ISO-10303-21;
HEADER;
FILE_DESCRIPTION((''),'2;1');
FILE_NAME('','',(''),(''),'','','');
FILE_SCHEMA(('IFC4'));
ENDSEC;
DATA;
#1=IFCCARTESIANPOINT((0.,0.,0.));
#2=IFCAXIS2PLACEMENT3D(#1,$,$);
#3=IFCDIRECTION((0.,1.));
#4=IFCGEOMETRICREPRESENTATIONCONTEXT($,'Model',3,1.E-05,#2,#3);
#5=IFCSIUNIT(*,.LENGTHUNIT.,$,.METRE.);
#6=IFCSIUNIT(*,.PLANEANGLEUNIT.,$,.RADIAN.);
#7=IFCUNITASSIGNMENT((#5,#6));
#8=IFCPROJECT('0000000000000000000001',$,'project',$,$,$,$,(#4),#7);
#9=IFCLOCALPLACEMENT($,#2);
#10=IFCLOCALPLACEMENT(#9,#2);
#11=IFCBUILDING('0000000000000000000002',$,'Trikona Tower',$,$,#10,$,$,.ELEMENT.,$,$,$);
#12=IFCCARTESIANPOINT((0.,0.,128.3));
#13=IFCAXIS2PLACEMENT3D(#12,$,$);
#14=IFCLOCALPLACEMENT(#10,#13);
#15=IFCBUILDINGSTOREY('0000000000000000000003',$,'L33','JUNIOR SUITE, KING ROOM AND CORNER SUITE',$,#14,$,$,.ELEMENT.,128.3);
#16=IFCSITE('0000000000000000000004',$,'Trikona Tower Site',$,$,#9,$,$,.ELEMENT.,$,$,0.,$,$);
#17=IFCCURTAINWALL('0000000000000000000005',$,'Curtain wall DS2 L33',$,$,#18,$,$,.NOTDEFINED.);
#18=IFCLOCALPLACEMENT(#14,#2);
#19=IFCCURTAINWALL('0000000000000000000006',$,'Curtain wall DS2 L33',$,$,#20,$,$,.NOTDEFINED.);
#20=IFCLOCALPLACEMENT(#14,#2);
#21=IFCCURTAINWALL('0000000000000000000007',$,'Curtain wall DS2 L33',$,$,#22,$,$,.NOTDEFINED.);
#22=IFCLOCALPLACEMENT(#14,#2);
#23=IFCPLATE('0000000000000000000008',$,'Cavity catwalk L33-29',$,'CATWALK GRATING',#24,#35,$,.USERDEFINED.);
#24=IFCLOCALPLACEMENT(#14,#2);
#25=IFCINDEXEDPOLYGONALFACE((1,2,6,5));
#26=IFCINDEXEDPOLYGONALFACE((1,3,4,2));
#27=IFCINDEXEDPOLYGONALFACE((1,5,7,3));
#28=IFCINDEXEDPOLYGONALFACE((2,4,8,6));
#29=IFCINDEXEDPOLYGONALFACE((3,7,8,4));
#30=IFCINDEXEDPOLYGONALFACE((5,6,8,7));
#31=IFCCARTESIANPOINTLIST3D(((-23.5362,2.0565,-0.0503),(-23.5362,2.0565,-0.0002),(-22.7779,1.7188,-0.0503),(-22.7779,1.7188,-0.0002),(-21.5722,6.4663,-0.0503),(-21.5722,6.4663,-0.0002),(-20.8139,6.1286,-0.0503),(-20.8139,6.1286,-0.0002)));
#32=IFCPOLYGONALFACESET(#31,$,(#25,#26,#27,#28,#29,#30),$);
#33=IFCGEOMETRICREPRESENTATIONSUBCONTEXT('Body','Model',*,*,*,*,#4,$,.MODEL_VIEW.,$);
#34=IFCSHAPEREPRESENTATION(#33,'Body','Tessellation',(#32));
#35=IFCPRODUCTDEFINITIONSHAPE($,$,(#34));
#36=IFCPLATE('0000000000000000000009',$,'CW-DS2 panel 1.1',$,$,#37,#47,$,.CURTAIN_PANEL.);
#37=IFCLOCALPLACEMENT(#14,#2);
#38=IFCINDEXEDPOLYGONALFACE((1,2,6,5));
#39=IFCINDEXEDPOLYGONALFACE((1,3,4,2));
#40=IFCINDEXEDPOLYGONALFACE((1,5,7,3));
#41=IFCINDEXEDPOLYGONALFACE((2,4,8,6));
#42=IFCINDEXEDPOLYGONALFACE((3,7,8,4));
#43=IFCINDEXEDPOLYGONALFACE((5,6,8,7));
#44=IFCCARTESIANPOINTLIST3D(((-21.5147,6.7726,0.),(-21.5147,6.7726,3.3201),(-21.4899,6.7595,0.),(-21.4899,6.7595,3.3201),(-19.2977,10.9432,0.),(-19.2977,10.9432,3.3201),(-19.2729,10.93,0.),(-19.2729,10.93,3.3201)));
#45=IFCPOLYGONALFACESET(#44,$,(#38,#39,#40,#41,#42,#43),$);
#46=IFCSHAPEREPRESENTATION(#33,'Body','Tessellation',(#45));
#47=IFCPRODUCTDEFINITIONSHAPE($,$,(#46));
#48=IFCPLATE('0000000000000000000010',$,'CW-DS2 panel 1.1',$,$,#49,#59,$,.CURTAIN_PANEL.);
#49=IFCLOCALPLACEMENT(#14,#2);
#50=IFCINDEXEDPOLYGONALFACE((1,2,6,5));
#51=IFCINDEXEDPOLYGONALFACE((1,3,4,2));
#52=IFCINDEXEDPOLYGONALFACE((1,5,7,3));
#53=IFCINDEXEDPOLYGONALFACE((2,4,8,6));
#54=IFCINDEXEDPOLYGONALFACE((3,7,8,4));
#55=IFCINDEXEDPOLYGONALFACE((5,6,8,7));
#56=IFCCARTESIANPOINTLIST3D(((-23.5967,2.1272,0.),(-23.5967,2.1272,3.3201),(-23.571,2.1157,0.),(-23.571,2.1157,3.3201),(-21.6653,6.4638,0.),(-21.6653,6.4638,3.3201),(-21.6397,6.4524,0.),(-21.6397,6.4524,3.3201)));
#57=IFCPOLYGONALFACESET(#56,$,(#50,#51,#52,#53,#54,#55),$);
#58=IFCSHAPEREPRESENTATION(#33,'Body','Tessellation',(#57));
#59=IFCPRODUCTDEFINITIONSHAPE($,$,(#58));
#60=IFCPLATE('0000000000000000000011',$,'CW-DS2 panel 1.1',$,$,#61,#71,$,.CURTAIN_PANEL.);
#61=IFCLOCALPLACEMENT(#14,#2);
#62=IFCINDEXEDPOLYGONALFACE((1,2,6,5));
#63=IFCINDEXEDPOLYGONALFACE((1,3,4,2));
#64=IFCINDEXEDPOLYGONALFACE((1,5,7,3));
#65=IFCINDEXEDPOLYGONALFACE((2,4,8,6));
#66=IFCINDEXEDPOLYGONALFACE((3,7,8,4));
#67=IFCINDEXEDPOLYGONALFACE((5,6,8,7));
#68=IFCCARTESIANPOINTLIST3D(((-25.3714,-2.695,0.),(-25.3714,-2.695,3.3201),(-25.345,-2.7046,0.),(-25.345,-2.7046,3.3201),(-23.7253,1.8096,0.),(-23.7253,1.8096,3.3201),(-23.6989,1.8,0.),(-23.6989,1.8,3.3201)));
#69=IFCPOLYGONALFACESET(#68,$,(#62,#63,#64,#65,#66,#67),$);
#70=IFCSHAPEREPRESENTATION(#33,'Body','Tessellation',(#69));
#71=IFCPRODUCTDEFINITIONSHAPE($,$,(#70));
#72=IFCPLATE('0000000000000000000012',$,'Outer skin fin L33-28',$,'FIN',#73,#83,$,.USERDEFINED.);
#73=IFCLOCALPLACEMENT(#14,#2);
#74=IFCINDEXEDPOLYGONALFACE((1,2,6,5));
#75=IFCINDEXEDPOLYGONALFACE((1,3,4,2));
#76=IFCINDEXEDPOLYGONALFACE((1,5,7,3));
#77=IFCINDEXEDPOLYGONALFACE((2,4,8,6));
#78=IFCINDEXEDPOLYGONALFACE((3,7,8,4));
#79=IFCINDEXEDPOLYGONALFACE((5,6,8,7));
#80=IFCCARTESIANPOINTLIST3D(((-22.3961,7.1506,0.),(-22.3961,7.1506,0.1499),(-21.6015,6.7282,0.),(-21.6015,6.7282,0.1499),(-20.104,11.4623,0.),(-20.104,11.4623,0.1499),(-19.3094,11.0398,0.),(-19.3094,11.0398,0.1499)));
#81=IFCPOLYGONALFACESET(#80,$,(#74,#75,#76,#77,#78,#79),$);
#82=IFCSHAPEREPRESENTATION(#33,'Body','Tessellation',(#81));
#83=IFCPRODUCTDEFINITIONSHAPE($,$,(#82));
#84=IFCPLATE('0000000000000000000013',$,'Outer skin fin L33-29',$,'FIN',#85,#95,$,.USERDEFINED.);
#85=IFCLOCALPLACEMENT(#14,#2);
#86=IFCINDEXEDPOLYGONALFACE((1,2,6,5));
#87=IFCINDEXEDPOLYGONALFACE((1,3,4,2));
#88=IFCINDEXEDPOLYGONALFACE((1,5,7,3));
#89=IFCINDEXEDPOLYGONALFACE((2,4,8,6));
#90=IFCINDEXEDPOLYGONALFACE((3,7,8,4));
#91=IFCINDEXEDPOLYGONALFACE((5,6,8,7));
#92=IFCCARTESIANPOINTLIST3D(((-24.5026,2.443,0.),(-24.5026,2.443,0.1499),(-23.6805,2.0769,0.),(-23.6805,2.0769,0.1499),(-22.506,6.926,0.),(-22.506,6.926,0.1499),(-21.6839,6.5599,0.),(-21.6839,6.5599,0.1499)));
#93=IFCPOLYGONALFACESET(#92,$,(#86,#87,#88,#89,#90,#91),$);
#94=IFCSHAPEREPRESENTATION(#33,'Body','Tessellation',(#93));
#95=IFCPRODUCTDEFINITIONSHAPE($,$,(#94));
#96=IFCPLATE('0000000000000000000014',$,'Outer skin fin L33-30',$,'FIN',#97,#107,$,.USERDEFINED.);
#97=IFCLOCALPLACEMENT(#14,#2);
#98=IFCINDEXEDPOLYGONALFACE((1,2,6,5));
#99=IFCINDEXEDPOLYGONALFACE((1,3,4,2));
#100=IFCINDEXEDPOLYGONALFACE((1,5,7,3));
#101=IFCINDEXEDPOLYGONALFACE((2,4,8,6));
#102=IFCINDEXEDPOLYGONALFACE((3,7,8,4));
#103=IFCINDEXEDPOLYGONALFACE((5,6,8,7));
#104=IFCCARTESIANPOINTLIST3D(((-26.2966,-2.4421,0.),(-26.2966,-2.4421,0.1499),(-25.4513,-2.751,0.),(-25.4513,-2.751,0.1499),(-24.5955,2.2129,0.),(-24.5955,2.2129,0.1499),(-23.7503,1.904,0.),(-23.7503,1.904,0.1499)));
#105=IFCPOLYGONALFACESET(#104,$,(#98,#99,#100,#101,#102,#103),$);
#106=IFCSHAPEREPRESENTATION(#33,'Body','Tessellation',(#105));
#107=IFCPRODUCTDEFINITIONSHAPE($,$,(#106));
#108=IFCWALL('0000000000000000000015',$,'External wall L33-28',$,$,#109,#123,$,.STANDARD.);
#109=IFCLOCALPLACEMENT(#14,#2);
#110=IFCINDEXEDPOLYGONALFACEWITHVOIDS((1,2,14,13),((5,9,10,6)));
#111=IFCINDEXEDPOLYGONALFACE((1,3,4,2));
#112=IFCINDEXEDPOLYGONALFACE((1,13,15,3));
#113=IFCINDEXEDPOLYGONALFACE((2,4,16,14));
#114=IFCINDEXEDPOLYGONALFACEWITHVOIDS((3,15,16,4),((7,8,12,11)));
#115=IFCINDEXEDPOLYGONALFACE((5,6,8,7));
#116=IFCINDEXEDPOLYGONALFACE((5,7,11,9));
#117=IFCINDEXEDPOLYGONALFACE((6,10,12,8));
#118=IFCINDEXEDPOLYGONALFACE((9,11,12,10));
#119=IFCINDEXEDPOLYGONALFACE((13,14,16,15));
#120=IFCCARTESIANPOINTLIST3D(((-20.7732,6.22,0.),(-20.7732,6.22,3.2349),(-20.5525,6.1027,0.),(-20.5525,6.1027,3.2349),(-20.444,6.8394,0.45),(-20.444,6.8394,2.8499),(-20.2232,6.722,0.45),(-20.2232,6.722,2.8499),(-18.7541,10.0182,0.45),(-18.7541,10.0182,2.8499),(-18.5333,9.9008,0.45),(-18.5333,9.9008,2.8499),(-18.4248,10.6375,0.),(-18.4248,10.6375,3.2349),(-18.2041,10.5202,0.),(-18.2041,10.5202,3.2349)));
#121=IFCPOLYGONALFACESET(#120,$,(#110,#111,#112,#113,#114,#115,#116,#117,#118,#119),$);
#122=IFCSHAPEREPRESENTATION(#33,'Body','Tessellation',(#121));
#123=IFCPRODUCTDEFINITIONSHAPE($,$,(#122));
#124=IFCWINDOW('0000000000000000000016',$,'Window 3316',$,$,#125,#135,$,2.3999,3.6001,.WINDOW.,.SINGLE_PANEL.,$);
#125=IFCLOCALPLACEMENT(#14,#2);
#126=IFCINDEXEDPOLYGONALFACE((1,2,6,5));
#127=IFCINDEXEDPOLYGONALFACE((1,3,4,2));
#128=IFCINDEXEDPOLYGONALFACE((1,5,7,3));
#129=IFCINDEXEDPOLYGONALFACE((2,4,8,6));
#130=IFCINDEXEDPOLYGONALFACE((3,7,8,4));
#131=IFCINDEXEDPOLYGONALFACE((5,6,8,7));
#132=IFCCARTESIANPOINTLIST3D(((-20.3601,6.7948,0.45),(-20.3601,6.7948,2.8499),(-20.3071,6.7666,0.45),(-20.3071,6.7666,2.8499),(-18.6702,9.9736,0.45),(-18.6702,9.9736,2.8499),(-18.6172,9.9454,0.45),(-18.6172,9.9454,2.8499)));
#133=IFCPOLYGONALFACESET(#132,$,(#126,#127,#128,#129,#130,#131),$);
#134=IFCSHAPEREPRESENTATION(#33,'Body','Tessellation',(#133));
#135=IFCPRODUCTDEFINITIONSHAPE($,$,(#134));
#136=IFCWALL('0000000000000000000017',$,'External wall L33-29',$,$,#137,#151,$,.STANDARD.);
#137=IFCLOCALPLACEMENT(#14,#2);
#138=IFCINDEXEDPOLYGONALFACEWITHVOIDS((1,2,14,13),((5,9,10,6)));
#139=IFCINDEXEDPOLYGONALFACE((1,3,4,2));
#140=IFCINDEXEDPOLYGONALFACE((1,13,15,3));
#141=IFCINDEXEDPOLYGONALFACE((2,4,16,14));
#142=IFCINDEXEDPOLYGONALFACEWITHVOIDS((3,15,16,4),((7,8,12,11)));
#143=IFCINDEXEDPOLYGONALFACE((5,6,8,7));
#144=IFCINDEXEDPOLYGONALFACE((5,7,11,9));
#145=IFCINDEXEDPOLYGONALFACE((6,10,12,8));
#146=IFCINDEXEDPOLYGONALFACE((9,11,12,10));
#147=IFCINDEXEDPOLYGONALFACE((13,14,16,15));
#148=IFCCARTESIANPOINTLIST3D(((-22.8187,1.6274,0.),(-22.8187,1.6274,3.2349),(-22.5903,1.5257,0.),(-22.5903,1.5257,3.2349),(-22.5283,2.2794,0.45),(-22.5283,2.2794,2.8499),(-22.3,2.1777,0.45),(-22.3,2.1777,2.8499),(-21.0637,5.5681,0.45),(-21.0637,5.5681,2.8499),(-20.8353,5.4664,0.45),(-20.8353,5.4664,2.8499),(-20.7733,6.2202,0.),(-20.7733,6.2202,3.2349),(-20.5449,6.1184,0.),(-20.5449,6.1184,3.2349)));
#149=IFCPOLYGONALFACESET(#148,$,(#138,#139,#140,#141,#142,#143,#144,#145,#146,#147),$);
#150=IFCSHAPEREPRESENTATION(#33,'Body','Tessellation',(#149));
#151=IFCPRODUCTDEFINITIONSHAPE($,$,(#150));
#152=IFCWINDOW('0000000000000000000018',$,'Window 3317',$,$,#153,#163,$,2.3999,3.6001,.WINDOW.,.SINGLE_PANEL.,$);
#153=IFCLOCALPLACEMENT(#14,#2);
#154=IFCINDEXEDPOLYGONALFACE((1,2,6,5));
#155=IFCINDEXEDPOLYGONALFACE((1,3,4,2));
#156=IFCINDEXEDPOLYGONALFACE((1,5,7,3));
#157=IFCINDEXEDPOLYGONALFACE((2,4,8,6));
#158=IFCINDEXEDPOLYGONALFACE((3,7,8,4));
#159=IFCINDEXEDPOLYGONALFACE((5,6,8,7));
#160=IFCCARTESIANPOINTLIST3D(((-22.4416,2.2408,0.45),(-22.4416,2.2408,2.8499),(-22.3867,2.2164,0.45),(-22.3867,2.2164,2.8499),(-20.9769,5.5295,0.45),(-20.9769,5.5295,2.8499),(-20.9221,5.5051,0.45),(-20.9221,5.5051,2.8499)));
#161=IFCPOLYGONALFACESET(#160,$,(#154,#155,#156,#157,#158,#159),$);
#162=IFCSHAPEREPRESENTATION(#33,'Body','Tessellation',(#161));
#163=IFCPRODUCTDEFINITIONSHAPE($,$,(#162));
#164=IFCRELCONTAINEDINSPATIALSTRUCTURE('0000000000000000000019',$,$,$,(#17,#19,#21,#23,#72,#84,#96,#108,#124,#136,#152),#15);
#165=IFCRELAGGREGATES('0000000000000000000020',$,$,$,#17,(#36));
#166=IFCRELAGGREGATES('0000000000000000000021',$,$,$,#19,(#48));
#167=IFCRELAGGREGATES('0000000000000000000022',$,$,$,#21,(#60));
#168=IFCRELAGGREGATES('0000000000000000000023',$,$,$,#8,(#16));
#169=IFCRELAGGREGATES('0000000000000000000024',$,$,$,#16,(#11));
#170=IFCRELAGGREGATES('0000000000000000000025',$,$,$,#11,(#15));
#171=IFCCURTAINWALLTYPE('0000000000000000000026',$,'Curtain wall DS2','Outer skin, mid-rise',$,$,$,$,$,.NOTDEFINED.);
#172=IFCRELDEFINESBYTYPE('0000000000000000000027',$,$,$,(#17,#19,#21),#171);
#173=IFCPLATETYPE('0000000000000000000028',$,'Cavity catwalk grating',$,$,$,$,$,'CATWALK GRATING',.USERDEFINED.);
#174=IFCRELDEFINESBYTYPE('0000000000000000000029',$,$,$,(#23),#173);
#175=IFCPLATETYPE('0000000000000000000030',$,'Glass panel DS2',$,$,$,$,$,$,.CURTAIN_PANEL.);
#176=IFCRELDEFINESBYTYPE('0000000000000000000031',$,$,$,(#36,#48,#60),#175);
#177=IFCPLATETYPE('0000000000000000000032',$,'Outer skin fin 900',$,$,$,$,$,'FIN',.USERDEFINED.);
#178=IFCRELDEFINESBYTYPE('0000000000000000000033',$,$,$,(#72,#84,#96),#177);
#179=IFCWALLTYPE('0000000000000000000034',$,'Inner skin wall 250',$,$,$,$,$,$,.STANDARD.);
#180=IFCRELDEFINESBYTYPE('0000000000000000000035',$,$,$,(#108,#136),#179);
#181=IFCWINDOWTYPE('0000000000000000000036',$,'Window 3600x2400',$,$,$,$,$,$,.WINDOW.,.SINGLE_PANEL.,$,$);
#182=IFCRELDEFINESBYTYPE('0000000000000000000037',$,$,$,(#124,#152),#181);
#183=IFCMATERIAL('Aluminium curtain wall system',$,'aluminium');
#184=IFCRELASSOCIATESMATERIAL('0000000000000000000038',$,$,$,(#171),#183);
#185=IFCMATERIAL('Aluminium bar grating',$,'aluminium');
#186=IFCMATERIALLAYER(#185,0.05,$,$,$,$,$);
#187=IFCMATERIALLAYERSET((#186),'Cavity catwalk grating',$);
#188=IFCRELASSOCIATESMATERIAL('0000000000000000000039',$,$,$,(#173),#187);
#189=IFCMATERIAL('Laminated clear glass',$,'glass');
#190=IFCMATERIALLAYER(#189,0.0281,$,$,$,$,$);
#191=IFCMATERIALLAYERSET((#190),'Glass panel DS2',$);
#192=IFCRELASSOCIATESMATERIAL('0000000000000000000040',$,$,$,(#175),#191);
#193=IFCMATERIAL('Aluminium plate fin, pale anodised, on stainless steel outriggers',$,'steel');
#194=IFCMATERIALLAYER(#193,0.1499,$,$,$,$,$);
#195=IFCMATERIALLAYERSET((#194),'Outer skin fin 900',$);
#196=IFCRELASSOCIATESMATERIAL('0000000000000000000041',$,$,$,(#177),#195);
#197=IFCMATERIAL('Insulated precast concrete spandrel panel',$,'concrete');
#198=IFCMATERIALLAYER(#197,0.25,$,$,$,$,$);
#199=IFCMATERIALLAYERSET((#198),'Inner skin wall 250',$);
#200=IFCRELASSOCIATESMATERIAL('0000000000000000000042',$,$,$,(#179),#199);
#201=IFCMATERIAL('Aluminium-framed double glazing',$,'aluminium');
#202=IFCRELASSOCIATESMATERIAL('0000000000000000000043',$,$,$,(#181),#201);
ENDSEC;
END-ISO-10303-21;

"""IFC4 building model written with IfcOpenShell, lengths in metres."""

from ifc_helpers import new_model, si_unit, direction, frame, frame_2d, origin, origin_2d, place, context, subcontext, project, spatial, rectangle, extrude, material, layer, layer_set, type_object, element, fill, aggregate, save


model = new_model("IFC4")

# Units and contexts
model_context = context("Model", 3, precision=1e-05, world=origin(), true_north=direction((0.0, 1.0)))
body_context = subcontext(model_context, "Body", "Model", "MODEL_VIEW")
ifc_project = project(units=[si_unit("LENGTHUNIT", "METRE"), si_unit("PLANEANGLEUNIT", "RADIAN")], contexts=[model_context])

# Site, building, storey
site_placement = place(None, origin())
site = spatial("IfcSite", under=ifc_project, at=site_placement, Name="Trikona Tower Site", CompositionType="ELEMENT", RefElevation=0.0)
building_placement = place(site_placement, origin())
building = spatial("IfcBuilding", under=site, at=building_placement, Name="Trikona Tower", CompositionType="ELEMENT")
storey_placement = place(building_placement, frame((0.0, 0.0, 128.3)))
storey = spatial("IfcBuildingStorey", under=building, at=storey_placement, Name="L33", Description="JUNIOR SUITE, KING ROOM AND CORNER SUITE", CompositionType="ELEMENT", Elevation=128.3)

# Shared definitions
ifc_material_1 = material(Name="Aluminium curtain wall system", Category="aluminium")
curtain_wall_type = type_object("IfcCurtainWallType", Name="Curtain wall DS2", Description="Outer skin, mid-rise", PredefinedType="NOTDEFINED", material=ifc_material_1)

# Curtain walls
curtain_wall_1_placement = place(storey_placement, origin())
curtain_wall_1 = element("IfcCurtainWall", 1, at=curtain_wall_1_placement, inside=storey, type_object=curtain_wall_type, Name="Curtain wall DS2 L33", PredefinedType="NOTDEFINED")
curtain_wall_2_placement = place(storey_placement, origin())
curtain_wall_2 = element("IfcCurtainWall", 2, at=curtain_wall_2_placement, inside=storey, type_object=curtain_wall_type, Name="Curtain wall DS2 L33", PredefinedType="NOTDEFINED")

# Curtain wall
curtain_wall_3_placement = place(storey_placement, origin())
curtain_wall_3 = element("IfcCurtainWall", 3, at=curtain_wall_3_placement, inside=storey, type_object=curtain_wall_type, Name="Curtain wall DS2 L33", PredefinedType="NOTDEFINED")

# Plate
ifc_material_2 = material(Name="Aluminium bar grating", Category="aluminium")
ifc_layer_1 = layer(ifc_material_2, 0.05)
ifc_layer_set_1 = layer_set([ifc_layer_1], Name="Cavity catwalk grating")
plate_type_1 = type_object("IfcPlateType", Name="Cavity catwalk grating", ElementType="CATWALK GRATING", PredefinedType="USERDEFINED", material=ifc_layer_set_1)
plate_1_placement = place(storey_placement, frame((-22.175, 4.0925, -0.0503), z_axis=(0.0, 0.0, 1.0), x_axis=(-0.406843, -0.913498, 0.0)))
element("IfcPlate", 4, at=plate_1_placement, inside=storey, type_object=plate_type_1, Name="Cavity catwalk L33-29", ObjectType="CATWALK GRATING", PredefinedType="USERDEFINED", context=body_context, shape_type="SweptSolid", body=[
    extrude(rectangle(XDim=4.8274, YDim=0.8301, at=origin_2d()), origin(), (0.0, 0.0, 1.0), 0.05),
])

# Plates
ifc_material_3 = material(Name="Laminated clear glass", Category="glass")
ifc_layer_2 = layer(ifc_material_3, 0.0281)
ifc_layer_set_2 = layer_set([ifc_layer_2], Name="Glass panel DS2")
plate_type_2 = type_object("IfcPlateType", Name="Glass panel DS2", PredefinedType="CURTAIN_PANEL", material=ifc_layer_set_2)
plate_2_placement = place(storey_placement, frame((-20.3938, 8.8513, 0.0), z_axis=(0.0, 0.0, 1.0), x_axis=(-0.46938, -0.882996, 0.0)))
plate_2 = element("IfcPlate", 5, at=plate_2_placement, type_object=plate_type_2, Name="CW-DS2 panel 1.1", PredefinedType="CURTAIN_PANEL", context=body_context, shape_type="SweptSolid", body=[
    extrude(rectangle(XDim=4.7231, YDim=0.0281, at=origin_2d()), origin(), (0.0, 0.0, 1.0), 3.3201),
])
aggregate(curtain_wall_1, [plate_2])
plate_3_placement = place(storey_placement, frame((-22.6182, 4.2898, 0.0), z_axis=(0.0, 0.0, 1.0), x_axis=(-0.406836, -0.913501, 0.0)))
plate_3 = element("IfcPlate", 6, at=plate_3_placement, type_object=plate_type_2, Name="CW-DS2 panel 1.1", PredefinedType="CURTAIN_PANEL", context=body_context, shape_type="SweptSolid", body=[
    extrude(rectangle(XDim=4.7473, YDim=0.0281, at=origin_2d()), origin(), (0.0, 0.0, 1.0), 3.3201),
])
aggregate(curtain_wall_2, [plate_3])
plate_4_placement = place(storey_placement, frame((-24.5352, -0.4475, 0.0), z_axis=(0.0, 0.0, 1.0), x_axis=(-0.343223, -0.939254, 0.0)))
plate_4 = element("IfcPlate", 7, at=plate_4_placement, type_object=plate_type_2, Name="CW-DS2 panel 1.1", PredefinedType="CURTAIN_PANEL", context=body_context, shape_type="SweptSolid", body=[
    extrude(rectangle(XDim=4.7959, YDim=0.0281, at=origin_2d()), origin(), (0.0, 0.0, 1.0), 3.3201),
])
aggregate(curtain_wall_3, [plate_4])

# Plates
ifc_material_4 = material(Name="Aluminium plate fin, pale anodised, on stainless steel outriggers", Category="steel")
ifc_layer_3 = layer(ifc_material_4, 0.1499)
ifc_layer_set_3 = layer_set([ifc_layer_3], Name="Outer skin fin 900")
plate_type_3 = type_object("IfcPlateType", Name="Outer skin fin 900", ElementType="FIN", PredefinedType="USERDEFINED", material=ifc_layer_set_3)
plate_5_placement = place(storey_placement, frame((-20.8528, 9.0952, 0.0), z_axis=(0.0, 0.0, 1.0), x_axis=(-0.469398, -0.882987, 0.0)))
element("IfcPlate", 8, at=plate_5_placement, inside=storey, type_object=plate_type_3, Name="Outer skin fin L33-28", ObjectType="FIN", PredefinedType="USERDEFINED", context=body_context, shape_type="SweptSolid", body=[
    extrude(rectangle(XDim=4.8831, YDim=0.8999, at=origin_2d()), origin(), (0.0, 0.0, 1.0), 0.1499),
])
plate_6_placement = place(storey_placement, frame((-23.0933, 4.5015, 0.0), z_axis=(0.0, 0.0, 1.0), x_axis=(-0.406843, -0.913498, 0.0)))
element("IfcPlate", 9, at=plate_6_placement, inside=storey, type_object=plate_type_3, Name="Outer skin fin L33-29", ObjectType="FIN", PredefinedType="USERDEFINED", context=body_context, shape_type="SweptSolid", body=[
    extrude(rectangle(XDim=4.9075, YDim=0.8999, at=origin_2d()), origin(), (0.0, 0.0, 1.0), 0.1499),
])
plate_7_placement = place(storey_placement, frame((-25.0234, -0.269, 0.0), z_axis=(0.0, 0.0, 1.0), x_axis=(-0.34322, -0.939255, 0.0)))
element("IfcPlate", 10, at=plate_7_placement, inside=storey, type_object=plate_type_3, Name="Outer skin fin L33-30", ObjectType="FIN", PredefinedType="USERDEFINED", context=body_context, shape_type="SweptSolid", body=[
    extrude(rectangle(XDim=4.9561, YDim=0.8999, at=origin_2d()), origin(), (0.0, 0.0, 1.0), 0.1499),
])

# Walls, openings, windows
ifc_material_5 = material(Name="Insulated precast concrete spandrel panel", Category="concrete")
ifc_layer_4 = layer(ifc_material_5, 0.25)
ifc_layer_set_4 = layer_set([ifc_layer_4], Name="Inner skin wall 250")
wall_type = type_object("IfcWallType", Name="Inner skin wall 250", PredefinedType="STANDARD", material=ifc_layer_set_4)
wall_1_placement = place(storey_placement, frame((-18.3145, 10.5789, 0.0), z_axis=(0.0, 0.0, 1.0), x_axis=(-0.469405, -0.882983, 0.0)))
wall_1 = element("IfcWall", 11, at=wall_1_placement, inside=storey, type_object=wall_type, Name="External wall L33-28", PredefinedType="STANDARD", context=body_context, shape_type="SweptSolid", body=[
    extrude(rectangle(XDim=5.0029, YDim=0.25, at=frame_2d((2.5015, 0.0))), origin(), (0.0, 0.0, 1.0), 3.2349),
])
opening_1_placement = place(wall_1_placement, frame((0.7014, 0.0, 0.45)))
opening_1 = element("IfcOpeningElement", 12, at=opening_1_placement, cuts=wall_1, PredefinedType="OPENING", context=body_context, shape_type="SweptSolid", body=[
    extrude(rectangle(XDim=3.6001, YDim=2.3999, at=frame_2d((1.8, 1.2))), frame((0.0, 0.135, 0.0), z_axis=(0.0, -1.0, 0.0), x_axis=(1.0, 0.0, 0.0)), (0.0, 0.0, 1.0), 0.27),
])
ifc_material_6 = material(Name="Aluminium-framed double glazing", Category="aluminium")
window_type = type_object("IfcWindowType", Name="Window 3600x2400", PartitioningType="SINGLE_PANEL", PredefinedType="WINDOW", material=ifc_material_6)
window_1_placement = place(opening_1_placement, origin())
window_1 = element("IfcWindow", 13, at=window_1_placement, inside=storey, type_object=window_type, Name="Window 3316", OverallHeight=2.3999, OverallWidth=3.6001, PartitioningType="SINGLE_PANEL", PredefinedType="WINDOW", context=body_context, shape_type="SweptSolid", body=[
    extrude(rectangle(XDim=3.6001, YDim=2.3999, at=frame_2d((1.8, 1.2))), frame((0.0, 0.03, 0.0), z_axis=(0.0, -1.0, 0.0), x_axis=(1.0, 0.0, 0.0)), (0.0, 0.0, 1.0), 0.0601),
])
fill(opening_1, window_1)
wall_2_placement = place(storey_placement, frame((-20.6592, 6.1692, 0.0), z_axis=(0.0, 0.0, 1.0), x_axis=(-0.406832, -0.913503, 0.0)))
wall_2 = element("IfcWall", 14, at=wall_2_placement, inside=storey, type_object=wall_type, Name="External wall L33-29", PredefinedType="STANDARD", context=body_context, shape_type="SweptSolid", body=[
    extrude(rectangle(XDim=5.0276, YDim=0.25, at=frame_2d((2.5137, 0.0))), origin(), (0.0, 0.0, 1.0), 3.2349),
])
opening_2_placement = place(wall_2_placement, frame((0.7136, 0.0, 0.45)))
opening_2 = element("IfcOpeningElement", 15, at=opening_2_placement, cuts=wall_2, PredefinedType="OPENING", context=body_context, shape_type="SweptSolid", body=[
    extrude(rectangle(XDim=3.6001, YDim=2.3999, at=frame_2d((1.8, 1.2))), frame((0.0, 0.135, 0.0), z_axis=(0.0, -1.0, 0.0), x_axis=(1.0, 0.0, 0.0)), (0.0, 0.0, 1.0), 0.27),
])
window_2_placement = place(opening_2_placement, origin())
window_2 = element("IfcWindow", 16, at=window_2_placement, inside=storey, type_object=window_type, Name="Window 3317", OverallHeight=2.3999, OverallWidth=3.6001, PartitioningType="SINGLE_PANEL", PredefinedType="WINDOW", context=body_context, shape_type="SweptSolid", body=[
    extrude(rectangle(XDim=3.6001, YDim=2.3999, at=frame_2d((1.8, 1.2))), frame((0.0, 0.03, 0.0), z_axis=(0.0, -1.0, 0.0), x_axis=(1.0, 0.0, 0.0)), (0.0, 0.0, 1.0), 0.0601),
])
fill(opening_2, window_2)

save(model, "model.ifc")
